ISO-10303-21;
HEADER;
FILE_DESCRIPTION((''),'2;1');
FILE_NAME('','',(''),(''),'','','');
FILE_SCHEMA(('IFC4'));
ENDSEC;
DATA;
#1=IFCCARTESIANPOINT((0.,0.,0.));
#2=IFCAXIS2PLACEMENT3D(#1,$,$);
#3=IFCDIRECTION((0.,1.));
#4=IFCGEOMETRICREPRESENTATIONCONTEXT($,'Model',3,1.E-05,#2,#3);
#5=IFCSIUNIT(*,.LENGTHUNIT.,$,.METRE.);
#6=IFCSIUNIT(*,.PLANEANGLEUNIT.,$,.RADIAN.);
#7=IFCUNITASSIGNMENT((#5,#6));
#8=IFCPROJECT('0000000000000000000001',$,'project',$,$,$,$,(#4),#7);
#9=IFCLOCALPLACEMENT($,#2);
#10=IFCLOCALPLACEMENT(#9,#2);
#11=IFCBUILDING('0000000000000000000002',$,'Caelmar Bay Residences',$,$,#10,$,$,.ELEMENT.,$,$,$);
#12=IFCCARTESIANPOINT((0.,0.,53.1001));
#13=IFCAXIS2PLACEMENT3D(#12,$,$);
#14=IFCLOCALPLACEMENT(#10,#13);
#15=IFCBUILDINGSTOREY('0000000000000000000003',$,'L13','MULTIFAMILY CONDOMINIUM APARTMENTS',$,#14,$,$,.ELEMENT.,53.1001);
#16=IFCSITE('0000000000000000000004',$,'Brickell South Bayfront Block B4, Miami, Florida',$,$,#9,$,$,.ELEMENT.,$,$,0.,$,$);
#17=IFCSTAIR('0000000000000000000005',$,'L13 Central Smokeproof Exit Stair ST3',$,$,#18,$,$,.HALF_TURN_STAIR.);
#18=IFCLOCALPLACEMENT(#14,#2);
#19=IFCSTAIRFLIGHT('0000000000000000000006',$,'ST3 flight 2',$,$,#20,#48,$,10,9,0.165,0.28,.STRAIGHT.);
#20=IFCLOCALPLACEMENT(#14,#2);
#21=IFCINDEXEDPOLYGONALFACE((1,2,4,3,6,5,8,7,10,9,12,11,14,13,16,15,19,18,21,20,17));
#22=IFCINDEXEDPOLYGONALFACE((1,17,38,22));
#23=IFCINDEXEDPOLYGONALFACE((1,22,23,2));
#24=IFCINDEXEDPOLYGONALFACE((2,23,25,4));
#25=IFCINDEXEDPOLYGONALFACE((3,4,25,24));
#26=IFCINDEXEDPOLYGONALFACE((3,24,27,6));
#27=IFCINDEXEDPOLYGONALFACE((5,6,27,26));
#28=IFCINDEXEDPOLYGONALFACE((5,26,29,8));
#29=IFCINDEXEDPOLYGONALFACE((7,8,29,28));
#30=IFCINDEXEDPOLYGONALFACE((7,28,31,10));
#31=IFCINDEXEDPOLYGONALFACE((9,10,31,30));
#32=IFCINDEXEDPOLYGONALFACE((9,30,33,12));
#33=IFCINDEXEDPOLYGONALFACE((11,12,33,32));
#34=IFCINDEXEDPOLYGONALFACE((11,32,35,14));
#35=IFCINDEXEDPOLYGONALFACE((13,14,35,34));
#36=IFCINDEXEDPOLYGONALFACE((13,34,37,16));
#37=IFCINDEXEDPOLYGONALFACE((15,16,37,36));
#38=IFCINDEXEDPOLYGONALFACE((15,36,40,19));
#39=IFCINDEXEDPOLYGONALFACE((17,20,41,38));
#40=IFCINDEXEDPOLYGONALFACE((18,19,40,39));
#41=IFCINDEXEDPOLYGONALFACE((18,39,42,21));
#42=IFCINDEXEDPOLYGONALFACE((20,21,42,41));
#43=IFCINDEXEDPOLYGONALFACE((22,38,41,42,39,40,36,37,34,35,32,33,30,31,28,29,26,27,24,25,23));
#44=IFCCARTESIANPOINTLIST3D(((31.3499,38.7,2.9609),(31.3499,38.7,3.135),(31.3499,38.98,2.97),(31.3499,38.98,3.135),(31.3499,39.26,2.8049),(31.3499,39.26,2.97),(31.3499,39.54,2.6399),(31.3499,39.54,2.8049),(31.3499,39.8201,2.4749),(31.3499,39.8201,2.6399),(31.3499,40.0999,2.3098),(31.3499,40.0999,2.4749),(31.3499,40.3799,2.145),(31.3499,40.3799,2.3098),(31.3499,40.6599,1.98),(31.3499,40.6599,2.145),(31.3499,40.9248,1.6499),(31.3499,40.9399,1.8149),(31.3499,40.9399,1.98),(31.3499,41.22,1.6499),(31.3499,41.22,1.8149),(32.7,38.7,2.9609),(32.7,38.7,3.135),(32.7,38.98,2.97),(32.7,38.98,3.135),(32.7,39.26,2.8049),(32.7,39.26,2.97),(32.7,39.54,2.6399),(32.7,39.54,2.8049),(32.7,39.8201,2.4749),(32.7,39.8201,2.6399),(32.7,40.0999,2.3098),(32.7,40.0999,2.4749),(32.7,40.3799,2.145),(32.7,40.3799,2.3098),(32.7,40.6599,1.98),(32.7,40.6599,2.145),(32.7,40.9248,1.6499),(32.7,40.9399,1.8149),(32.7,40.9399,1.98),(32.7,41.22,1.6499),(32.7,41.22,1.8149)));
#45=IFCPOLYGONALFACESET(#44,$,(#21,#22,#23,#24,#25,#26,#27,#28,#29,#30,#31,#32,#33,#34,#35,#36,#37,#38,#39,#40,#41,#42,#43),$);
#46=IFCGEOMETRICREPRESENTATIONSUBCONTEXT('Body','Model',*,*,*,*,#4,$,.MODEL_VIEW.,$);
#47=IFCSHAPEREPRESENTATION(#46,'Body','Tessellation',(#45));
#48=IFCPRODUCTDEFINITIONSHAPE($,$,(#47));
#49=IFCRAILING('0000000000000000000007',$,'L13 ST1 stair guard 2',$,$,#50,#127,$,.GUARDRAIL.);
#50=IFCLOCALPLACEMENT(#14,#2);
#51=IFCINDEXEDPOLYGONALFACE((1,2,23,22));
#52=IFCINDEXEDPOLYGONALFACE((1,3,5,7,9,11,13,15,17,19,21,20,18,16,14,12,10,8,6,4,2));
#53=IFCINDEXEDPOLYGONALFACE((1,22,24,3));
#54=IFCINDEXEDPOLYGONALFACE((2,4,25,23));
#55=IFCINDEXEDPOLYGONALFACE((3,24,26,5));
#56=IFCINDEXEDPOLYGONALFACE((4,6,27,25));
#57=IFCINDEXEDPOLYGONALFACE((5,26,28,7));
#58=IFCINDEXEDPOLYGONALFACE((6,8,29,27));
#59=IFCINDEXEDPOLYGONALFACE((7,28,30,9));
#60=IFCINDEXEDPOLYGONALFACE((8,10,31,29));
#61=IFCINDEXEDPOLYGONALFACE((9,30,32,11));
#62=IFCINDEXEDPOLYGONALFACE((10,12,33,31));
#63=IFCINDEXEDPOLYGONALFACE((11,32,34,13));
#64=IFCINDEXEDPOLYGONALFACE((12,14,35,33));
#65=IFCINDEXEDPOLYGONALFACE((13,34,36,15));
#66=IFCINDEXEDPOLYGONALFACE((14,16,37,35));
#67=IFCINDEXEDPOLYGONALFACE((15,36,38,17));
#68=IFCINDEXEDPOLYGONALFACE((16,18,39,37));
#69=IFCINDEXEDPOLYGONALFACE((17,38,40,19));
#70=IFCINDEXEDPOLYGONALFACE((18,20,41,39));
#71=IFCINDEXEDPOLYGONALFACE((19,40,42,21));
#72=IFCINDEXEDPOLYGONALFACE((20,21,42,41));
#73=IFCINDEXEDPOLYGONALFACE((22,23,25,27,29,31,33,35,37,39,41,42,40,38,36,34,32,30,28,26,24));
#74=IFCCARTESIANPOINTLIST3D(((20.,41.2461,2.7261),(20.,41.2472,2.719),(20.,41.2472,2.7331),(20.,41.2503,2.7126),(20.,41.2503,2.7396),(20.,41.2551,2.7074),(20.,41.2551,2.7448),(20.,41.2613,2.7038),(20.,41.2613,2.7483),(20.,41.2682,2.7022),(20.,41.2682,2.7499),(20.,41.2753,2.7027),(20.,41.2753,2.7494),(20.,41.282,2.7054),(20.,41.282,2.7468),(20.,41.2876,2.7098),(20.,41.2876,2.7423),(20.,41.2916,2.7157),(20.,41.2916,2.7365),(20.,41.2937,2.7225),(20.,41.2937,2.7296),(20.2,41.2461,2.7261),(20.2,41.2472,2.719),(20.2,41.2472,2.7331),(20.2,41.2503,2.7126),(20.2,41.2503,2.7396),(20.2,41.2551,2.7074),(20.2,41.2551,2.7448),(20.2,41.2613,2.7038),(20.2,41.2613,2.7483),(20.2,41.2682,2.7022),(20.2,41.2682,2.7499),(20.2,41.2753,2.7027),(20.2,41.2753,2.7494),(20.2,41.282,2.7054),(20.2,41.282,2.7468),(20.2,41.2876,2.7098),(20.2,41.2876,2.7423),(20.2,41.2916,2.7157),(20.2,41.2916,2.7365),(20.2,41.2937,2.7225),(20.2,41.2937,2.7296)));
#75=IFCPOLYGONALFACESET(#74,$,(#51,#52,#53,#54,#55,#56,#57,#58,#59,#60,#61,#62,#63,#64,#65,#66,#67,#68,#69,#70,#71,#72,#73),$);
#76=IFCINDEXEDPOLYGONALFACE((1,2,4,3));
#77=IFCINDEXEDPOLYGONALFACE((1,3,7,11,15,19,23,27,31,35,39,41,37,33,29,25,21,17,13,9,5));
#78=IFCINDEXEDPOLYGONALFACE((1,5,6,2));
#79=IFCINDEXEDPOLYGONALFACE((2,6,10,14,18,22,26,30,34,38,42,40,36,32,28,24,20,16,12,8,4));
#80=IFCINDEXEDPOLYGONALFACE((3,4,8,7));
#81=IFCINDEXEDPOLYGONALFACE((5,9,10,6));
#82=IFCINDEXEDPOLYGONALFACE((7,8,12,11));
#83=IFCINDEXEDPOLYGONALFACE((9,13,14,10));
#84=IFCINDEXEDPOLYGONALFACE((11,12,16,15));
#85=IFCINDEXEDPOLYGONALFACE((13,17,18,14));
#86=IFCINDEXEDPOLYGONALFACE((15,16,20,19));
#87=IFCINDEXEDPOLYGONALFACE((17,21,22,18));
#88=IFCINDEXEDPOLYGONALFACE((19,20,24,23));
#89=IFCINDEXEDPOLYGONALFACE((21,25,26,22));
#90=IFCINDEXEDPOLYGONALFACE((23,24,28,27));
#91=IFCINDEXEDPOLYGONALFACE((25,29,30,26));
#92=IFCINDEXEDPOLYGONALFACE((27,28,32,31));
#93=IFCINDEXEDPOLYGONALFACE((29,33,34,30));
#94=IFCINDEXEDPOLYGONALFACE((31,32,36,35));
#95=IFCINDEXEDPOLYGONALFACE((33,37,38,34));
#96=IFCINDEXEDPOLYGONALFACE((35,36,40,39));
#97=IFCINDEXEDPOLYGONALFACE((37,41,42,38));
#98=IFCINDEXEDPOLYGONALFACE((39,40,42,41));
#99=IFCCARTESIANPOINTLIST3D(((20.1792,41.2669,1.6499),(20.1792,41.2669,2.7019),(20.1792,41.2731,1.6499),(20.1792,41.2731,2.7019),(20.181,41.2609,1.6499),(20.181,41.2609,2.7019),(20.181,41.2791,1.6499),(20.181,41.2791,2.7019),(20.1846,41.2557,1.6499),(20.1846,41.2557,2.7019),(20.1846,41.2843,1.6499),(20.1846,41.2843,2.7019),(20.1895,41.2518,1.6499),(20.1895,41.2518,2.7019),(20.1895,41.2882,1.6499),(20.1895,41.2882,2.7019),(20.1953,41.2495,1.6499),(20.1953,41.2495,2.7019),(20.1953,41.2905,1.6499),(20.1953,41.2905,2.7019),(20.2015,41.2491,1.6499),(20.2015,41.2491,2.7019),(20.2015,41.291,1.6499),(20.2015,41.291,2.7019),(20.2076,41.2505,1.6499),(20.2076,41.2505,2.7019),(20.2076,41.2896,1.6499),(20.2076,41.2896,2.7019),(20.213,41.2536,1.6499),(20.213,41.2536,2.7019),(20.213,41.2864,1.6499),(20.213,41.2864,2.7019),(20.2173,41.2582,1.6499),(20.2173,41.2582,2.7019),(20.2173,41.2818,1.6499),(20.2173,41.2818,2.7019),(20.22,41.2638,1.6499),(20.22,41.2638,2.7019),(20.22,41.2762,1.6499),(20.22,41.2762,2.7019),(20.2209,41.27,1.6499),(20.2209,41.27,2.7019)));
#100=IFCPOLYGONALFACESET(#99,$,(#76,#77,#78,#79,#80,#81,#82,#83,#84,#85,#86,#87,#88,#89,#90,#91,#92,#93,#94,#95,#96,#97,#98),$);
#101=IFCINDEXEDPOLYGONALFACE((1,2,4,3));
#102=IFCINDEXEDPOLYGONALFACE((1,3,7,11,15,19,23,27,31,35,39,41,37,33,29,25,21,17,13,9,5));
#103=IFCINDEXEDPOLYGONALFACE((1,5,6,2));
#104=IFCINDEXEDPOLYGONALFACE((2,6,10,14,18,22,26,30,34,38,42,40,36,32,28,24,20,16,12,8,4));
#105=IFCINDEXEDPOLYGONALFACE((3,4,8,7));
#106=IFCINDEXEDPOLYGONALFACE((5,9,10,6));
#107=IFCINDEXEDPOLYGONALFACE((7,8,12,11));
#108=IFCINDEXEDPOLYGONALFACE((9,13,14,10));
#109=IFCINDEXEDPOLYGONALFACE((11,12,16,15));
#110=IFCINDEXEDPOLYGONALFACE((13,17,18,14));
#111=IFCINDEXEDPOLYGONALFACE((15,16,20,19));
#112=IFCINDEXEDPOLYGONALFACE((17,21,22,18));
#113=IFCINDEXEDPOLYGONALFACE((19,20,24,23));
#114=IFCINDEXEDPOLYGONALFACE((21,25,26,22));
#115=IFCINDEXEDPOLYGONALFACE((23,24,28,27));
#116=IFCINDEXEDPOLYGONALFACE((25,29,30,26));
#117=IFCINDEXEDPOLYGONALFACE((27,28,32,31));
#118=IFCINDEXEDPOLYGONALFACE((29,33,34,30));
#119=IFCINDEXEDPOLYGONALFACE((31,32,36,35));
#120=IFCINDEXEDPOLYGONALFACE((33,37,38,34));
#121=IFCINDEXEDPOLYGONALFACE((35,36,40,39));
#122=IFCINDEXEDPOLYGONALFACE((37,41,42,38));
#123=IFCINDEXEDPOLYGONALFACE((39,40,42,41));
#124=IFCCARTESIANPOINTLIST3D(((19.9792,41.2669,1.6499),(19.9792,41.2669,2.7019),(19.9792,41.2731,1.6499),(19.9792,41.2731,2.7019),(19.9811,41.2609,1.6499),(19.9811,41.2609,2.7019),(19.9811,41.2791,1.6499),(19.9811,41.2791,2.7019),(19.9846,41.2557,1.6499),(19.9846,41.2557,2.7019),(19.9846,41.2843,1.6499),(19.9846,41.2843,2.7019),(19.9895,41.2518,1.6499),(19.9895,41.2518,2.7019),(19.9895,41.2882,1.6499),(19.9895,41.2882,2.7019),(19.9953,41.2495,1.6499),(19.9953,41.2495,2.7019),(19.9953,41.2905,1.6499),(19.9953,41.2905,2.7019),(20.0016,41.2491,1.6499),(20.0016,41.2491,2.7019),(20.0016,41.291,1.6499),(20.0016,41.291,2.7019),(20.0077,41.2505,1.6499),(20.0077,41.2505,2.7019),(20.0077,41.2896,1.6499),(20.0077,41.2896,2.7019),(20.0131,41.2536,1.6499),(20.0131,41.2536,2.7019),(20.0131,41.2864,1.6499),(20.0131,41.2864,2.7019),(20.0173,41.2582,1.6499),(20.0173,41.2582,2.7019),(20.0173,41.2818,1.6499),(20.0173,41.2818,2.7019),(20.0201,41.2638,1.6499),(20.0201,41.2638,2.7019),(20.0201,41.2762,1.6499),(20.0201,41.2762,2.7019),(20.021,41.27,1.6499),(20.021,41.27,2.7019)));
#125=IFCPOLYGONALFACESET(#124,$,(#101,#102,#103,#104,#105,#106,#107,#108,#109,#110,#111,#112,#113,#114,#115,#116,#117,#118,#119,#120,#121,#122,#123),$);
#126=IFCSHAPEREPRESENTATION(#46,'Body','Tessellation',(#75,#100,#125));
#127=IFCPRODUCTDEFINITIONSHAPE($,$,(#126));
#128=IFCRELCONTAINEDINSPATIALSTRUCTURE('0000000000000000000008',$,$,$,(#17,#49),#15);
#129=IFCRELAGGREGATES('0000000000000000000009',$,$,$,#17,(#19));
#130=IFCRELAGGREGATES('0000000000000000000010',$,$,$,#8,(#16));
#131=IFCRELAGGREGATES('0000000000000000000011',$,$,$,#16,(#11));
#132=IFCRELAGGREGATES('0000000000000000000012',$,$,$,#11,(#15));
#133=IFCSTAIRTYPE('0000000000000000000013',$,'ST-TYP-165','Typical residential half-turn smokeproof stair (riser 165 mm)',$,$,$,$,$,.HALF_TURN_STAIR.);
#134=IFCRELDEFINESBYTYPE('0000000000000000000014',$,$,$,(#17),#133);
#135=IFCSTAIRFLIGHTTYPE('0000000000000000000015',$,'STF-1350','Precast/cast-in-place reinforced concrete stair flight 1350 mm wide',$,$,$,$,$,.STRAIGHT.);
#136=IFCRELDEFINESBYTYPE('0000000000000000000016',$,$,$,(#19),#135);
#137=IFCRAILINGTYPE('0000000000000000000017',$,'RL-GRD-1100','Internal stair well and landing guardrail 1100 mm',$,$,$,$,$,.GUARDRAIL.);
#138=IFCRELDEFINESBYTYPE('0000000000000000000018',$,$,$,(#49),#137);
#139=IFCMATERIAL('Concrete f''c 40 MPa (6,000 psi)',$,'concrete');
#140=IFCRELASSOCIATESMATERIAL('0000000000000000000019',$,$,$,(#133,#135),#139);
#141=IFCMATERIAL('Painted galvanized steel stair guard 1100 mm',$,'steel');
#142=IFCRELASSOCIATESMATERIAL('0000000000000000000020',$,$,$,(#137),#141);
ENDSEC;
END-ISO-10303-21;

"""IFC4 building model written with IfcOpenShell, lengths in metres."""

from ifc_helpers import new_model, si_unit, direction, frame, origin, origin_2d, place, context, subcontext, project, spatial, polyline, circle, outline, extrude, material, type_object, element, aggregate, save


model = new_model("IFC4")

# Units and contexts
model_context = context("Model", 3, precision=1e-05, world=origin(), true_north=direction((0.0, 1.0)))
body_context = subcontext(model_context, "Body", "Model", "MODEL_VIEW")
ifc_project = project(units=[si_unit("LENGTHUNIT", "METRE"), si_unit("PLANEANGLEUNIT", "RADIAN")], contexts=[model_context])

# Site, building, storey
site_placement = place(None, origin())
site = spatial("IfcSite", under=ifc_project, at=site_placement, Name="Brickell South Bayfront Block B4, Miami, Florida", CompositionType="ELEMENT", RefElevation=0.0)
building_placement = place(site_placement, origin())
building = spatial("IfcBuilding", under=site, at=building_placement, Name="Caelmar Bay Residences", CompositionType="ELEMENT")
storey_placement = place(building_placement, frame((0.0, 0.0, 53.1001)))
storey = spatial("IfcBuildingStorey", under=building, at=storey_placement, Name="L13", Description="MULTIFAMILY CONDOMINIUM APARTMENTS", CompositionType="ELEMENT", Elevation=53.1001)

# Stair, stair flight
ifc_material_1 = material(Name="Concrete f'c 40 MPa (6,000 psi)", Category="concrete")
stair_type = type_object("IfcStairType", Name="ST-TYP-165", Description="Typical residential half-turn smokeproof stair (riser 165 mm)", PredefinedType="HALF_TURN_STAIR", material=ifc_material_1)
stair_flight_type = type_object("IfcStairFlightType", Name="STF-1350", Description="Precast/cast-in-place reinforced concrete stair flight 1350 mm wide", PredefinedType="STRAIGHT", material=ifc_material_1)
stair_1_placement = place(storey_placement, origin())
stair_1 = element("IfcStair", 1, at=stair_1_placement, inside=storey, type_object=stair_type, Name="L13 Central Smokeproof Exit Stair ST3", PredefinedType="HALF_TURN_STAIR")
stair_flight_1_placement = place(storey_placement, frame((32.0249, 41.22, 1.6499), z_axis=(0.0, 0.0, 1.0), x_axis=(0.0, -1.0, 0.0)))
stair_flight_1 = element("IfcStairFlight", 2, at=stair_flight_1_placement, type_object=stair_flight_type, Name="ST3 flight 2", NumberOfRisers=10, NumberOfTreads=9, PredefinedType="STRAIGHT", RiserHeight=0.165, TreadLength=0.28, context=body_context, shape_type="SweptSolid", body=[
    extrude(outline(polyline([(0.0, 0.0), (0.0, 0.165), (0.28, 0.165), (0.28, 0.3301), (0.5601, 0.3301), (0.5601, 0.4951), (0.8401, 0.4951), (0.8401, 0.6599), (1.1201, 0.6599), (1.1201, 0.825), (1.3999, 0.825), (1.3999, 0.99), (1.6799, 0.99), (1.6799, 1.155), (1.96, 1.155), (1.96, 1.3201), (2.24, 1.3201), (2.24, 1.4851), (2.52, 1.4851), (2.52, 1.6499), (2.52, 1.311), (0.2952, 0.0), (0.0, 0.0)])), frame((0.0, 0.675, 0.0), z_axis=(0.0, -1.0, 0.0), x_axis=(1.0, 0.0, 0.0)), (0.0, 0.0, 1.0), 1.3501),
])
aggregate(stair_1, [stair_flight_1])

# Railing
ifc_material_2 = material(Name="Painted galvanized steel stair guard 1100 mm", Category="steel")
railing_type_1 = type_object("IfcRailingType", Name="RL-GRD-1100", Description="Internal stair well and landing guardrail 1100 mm", PredefinedType="GUARDRAIL", material=ifc_material_2)
railing_1_placement = place(storey_placement, frame((20.2, 41.27, 1.6499)))
element("IfcRailing", 3, at=railing_1_placement, inside=storey, type_object=railing_type_1, Name="L13 ST1 stair guard 2", PredefinedType="GUARDRAIL", context=body_context, shape_type="SweptSolid", body=[
    extrude(circle(Radius=0.0239, at=origin_2d()), frame((0.0, 0.0, 1.0762), z_axis=(-1.0, 0.0, 0.0), x_axis=(0.0, -1.0, 0.0)), (0.0, 0.0, 1.0), 0.2),
    extrude(circle(Radius=0.021, at=origin_2d()), origin(), (0.0, 0.0, 1.0), 1.052),
    extrude(circle(Radius=0.021, at=origin_2d()), frame((-0.2, 0.0, 0.0)), (0.0, 0.0, 1.0), 1.052),
])

save(model, "model.ifc")
